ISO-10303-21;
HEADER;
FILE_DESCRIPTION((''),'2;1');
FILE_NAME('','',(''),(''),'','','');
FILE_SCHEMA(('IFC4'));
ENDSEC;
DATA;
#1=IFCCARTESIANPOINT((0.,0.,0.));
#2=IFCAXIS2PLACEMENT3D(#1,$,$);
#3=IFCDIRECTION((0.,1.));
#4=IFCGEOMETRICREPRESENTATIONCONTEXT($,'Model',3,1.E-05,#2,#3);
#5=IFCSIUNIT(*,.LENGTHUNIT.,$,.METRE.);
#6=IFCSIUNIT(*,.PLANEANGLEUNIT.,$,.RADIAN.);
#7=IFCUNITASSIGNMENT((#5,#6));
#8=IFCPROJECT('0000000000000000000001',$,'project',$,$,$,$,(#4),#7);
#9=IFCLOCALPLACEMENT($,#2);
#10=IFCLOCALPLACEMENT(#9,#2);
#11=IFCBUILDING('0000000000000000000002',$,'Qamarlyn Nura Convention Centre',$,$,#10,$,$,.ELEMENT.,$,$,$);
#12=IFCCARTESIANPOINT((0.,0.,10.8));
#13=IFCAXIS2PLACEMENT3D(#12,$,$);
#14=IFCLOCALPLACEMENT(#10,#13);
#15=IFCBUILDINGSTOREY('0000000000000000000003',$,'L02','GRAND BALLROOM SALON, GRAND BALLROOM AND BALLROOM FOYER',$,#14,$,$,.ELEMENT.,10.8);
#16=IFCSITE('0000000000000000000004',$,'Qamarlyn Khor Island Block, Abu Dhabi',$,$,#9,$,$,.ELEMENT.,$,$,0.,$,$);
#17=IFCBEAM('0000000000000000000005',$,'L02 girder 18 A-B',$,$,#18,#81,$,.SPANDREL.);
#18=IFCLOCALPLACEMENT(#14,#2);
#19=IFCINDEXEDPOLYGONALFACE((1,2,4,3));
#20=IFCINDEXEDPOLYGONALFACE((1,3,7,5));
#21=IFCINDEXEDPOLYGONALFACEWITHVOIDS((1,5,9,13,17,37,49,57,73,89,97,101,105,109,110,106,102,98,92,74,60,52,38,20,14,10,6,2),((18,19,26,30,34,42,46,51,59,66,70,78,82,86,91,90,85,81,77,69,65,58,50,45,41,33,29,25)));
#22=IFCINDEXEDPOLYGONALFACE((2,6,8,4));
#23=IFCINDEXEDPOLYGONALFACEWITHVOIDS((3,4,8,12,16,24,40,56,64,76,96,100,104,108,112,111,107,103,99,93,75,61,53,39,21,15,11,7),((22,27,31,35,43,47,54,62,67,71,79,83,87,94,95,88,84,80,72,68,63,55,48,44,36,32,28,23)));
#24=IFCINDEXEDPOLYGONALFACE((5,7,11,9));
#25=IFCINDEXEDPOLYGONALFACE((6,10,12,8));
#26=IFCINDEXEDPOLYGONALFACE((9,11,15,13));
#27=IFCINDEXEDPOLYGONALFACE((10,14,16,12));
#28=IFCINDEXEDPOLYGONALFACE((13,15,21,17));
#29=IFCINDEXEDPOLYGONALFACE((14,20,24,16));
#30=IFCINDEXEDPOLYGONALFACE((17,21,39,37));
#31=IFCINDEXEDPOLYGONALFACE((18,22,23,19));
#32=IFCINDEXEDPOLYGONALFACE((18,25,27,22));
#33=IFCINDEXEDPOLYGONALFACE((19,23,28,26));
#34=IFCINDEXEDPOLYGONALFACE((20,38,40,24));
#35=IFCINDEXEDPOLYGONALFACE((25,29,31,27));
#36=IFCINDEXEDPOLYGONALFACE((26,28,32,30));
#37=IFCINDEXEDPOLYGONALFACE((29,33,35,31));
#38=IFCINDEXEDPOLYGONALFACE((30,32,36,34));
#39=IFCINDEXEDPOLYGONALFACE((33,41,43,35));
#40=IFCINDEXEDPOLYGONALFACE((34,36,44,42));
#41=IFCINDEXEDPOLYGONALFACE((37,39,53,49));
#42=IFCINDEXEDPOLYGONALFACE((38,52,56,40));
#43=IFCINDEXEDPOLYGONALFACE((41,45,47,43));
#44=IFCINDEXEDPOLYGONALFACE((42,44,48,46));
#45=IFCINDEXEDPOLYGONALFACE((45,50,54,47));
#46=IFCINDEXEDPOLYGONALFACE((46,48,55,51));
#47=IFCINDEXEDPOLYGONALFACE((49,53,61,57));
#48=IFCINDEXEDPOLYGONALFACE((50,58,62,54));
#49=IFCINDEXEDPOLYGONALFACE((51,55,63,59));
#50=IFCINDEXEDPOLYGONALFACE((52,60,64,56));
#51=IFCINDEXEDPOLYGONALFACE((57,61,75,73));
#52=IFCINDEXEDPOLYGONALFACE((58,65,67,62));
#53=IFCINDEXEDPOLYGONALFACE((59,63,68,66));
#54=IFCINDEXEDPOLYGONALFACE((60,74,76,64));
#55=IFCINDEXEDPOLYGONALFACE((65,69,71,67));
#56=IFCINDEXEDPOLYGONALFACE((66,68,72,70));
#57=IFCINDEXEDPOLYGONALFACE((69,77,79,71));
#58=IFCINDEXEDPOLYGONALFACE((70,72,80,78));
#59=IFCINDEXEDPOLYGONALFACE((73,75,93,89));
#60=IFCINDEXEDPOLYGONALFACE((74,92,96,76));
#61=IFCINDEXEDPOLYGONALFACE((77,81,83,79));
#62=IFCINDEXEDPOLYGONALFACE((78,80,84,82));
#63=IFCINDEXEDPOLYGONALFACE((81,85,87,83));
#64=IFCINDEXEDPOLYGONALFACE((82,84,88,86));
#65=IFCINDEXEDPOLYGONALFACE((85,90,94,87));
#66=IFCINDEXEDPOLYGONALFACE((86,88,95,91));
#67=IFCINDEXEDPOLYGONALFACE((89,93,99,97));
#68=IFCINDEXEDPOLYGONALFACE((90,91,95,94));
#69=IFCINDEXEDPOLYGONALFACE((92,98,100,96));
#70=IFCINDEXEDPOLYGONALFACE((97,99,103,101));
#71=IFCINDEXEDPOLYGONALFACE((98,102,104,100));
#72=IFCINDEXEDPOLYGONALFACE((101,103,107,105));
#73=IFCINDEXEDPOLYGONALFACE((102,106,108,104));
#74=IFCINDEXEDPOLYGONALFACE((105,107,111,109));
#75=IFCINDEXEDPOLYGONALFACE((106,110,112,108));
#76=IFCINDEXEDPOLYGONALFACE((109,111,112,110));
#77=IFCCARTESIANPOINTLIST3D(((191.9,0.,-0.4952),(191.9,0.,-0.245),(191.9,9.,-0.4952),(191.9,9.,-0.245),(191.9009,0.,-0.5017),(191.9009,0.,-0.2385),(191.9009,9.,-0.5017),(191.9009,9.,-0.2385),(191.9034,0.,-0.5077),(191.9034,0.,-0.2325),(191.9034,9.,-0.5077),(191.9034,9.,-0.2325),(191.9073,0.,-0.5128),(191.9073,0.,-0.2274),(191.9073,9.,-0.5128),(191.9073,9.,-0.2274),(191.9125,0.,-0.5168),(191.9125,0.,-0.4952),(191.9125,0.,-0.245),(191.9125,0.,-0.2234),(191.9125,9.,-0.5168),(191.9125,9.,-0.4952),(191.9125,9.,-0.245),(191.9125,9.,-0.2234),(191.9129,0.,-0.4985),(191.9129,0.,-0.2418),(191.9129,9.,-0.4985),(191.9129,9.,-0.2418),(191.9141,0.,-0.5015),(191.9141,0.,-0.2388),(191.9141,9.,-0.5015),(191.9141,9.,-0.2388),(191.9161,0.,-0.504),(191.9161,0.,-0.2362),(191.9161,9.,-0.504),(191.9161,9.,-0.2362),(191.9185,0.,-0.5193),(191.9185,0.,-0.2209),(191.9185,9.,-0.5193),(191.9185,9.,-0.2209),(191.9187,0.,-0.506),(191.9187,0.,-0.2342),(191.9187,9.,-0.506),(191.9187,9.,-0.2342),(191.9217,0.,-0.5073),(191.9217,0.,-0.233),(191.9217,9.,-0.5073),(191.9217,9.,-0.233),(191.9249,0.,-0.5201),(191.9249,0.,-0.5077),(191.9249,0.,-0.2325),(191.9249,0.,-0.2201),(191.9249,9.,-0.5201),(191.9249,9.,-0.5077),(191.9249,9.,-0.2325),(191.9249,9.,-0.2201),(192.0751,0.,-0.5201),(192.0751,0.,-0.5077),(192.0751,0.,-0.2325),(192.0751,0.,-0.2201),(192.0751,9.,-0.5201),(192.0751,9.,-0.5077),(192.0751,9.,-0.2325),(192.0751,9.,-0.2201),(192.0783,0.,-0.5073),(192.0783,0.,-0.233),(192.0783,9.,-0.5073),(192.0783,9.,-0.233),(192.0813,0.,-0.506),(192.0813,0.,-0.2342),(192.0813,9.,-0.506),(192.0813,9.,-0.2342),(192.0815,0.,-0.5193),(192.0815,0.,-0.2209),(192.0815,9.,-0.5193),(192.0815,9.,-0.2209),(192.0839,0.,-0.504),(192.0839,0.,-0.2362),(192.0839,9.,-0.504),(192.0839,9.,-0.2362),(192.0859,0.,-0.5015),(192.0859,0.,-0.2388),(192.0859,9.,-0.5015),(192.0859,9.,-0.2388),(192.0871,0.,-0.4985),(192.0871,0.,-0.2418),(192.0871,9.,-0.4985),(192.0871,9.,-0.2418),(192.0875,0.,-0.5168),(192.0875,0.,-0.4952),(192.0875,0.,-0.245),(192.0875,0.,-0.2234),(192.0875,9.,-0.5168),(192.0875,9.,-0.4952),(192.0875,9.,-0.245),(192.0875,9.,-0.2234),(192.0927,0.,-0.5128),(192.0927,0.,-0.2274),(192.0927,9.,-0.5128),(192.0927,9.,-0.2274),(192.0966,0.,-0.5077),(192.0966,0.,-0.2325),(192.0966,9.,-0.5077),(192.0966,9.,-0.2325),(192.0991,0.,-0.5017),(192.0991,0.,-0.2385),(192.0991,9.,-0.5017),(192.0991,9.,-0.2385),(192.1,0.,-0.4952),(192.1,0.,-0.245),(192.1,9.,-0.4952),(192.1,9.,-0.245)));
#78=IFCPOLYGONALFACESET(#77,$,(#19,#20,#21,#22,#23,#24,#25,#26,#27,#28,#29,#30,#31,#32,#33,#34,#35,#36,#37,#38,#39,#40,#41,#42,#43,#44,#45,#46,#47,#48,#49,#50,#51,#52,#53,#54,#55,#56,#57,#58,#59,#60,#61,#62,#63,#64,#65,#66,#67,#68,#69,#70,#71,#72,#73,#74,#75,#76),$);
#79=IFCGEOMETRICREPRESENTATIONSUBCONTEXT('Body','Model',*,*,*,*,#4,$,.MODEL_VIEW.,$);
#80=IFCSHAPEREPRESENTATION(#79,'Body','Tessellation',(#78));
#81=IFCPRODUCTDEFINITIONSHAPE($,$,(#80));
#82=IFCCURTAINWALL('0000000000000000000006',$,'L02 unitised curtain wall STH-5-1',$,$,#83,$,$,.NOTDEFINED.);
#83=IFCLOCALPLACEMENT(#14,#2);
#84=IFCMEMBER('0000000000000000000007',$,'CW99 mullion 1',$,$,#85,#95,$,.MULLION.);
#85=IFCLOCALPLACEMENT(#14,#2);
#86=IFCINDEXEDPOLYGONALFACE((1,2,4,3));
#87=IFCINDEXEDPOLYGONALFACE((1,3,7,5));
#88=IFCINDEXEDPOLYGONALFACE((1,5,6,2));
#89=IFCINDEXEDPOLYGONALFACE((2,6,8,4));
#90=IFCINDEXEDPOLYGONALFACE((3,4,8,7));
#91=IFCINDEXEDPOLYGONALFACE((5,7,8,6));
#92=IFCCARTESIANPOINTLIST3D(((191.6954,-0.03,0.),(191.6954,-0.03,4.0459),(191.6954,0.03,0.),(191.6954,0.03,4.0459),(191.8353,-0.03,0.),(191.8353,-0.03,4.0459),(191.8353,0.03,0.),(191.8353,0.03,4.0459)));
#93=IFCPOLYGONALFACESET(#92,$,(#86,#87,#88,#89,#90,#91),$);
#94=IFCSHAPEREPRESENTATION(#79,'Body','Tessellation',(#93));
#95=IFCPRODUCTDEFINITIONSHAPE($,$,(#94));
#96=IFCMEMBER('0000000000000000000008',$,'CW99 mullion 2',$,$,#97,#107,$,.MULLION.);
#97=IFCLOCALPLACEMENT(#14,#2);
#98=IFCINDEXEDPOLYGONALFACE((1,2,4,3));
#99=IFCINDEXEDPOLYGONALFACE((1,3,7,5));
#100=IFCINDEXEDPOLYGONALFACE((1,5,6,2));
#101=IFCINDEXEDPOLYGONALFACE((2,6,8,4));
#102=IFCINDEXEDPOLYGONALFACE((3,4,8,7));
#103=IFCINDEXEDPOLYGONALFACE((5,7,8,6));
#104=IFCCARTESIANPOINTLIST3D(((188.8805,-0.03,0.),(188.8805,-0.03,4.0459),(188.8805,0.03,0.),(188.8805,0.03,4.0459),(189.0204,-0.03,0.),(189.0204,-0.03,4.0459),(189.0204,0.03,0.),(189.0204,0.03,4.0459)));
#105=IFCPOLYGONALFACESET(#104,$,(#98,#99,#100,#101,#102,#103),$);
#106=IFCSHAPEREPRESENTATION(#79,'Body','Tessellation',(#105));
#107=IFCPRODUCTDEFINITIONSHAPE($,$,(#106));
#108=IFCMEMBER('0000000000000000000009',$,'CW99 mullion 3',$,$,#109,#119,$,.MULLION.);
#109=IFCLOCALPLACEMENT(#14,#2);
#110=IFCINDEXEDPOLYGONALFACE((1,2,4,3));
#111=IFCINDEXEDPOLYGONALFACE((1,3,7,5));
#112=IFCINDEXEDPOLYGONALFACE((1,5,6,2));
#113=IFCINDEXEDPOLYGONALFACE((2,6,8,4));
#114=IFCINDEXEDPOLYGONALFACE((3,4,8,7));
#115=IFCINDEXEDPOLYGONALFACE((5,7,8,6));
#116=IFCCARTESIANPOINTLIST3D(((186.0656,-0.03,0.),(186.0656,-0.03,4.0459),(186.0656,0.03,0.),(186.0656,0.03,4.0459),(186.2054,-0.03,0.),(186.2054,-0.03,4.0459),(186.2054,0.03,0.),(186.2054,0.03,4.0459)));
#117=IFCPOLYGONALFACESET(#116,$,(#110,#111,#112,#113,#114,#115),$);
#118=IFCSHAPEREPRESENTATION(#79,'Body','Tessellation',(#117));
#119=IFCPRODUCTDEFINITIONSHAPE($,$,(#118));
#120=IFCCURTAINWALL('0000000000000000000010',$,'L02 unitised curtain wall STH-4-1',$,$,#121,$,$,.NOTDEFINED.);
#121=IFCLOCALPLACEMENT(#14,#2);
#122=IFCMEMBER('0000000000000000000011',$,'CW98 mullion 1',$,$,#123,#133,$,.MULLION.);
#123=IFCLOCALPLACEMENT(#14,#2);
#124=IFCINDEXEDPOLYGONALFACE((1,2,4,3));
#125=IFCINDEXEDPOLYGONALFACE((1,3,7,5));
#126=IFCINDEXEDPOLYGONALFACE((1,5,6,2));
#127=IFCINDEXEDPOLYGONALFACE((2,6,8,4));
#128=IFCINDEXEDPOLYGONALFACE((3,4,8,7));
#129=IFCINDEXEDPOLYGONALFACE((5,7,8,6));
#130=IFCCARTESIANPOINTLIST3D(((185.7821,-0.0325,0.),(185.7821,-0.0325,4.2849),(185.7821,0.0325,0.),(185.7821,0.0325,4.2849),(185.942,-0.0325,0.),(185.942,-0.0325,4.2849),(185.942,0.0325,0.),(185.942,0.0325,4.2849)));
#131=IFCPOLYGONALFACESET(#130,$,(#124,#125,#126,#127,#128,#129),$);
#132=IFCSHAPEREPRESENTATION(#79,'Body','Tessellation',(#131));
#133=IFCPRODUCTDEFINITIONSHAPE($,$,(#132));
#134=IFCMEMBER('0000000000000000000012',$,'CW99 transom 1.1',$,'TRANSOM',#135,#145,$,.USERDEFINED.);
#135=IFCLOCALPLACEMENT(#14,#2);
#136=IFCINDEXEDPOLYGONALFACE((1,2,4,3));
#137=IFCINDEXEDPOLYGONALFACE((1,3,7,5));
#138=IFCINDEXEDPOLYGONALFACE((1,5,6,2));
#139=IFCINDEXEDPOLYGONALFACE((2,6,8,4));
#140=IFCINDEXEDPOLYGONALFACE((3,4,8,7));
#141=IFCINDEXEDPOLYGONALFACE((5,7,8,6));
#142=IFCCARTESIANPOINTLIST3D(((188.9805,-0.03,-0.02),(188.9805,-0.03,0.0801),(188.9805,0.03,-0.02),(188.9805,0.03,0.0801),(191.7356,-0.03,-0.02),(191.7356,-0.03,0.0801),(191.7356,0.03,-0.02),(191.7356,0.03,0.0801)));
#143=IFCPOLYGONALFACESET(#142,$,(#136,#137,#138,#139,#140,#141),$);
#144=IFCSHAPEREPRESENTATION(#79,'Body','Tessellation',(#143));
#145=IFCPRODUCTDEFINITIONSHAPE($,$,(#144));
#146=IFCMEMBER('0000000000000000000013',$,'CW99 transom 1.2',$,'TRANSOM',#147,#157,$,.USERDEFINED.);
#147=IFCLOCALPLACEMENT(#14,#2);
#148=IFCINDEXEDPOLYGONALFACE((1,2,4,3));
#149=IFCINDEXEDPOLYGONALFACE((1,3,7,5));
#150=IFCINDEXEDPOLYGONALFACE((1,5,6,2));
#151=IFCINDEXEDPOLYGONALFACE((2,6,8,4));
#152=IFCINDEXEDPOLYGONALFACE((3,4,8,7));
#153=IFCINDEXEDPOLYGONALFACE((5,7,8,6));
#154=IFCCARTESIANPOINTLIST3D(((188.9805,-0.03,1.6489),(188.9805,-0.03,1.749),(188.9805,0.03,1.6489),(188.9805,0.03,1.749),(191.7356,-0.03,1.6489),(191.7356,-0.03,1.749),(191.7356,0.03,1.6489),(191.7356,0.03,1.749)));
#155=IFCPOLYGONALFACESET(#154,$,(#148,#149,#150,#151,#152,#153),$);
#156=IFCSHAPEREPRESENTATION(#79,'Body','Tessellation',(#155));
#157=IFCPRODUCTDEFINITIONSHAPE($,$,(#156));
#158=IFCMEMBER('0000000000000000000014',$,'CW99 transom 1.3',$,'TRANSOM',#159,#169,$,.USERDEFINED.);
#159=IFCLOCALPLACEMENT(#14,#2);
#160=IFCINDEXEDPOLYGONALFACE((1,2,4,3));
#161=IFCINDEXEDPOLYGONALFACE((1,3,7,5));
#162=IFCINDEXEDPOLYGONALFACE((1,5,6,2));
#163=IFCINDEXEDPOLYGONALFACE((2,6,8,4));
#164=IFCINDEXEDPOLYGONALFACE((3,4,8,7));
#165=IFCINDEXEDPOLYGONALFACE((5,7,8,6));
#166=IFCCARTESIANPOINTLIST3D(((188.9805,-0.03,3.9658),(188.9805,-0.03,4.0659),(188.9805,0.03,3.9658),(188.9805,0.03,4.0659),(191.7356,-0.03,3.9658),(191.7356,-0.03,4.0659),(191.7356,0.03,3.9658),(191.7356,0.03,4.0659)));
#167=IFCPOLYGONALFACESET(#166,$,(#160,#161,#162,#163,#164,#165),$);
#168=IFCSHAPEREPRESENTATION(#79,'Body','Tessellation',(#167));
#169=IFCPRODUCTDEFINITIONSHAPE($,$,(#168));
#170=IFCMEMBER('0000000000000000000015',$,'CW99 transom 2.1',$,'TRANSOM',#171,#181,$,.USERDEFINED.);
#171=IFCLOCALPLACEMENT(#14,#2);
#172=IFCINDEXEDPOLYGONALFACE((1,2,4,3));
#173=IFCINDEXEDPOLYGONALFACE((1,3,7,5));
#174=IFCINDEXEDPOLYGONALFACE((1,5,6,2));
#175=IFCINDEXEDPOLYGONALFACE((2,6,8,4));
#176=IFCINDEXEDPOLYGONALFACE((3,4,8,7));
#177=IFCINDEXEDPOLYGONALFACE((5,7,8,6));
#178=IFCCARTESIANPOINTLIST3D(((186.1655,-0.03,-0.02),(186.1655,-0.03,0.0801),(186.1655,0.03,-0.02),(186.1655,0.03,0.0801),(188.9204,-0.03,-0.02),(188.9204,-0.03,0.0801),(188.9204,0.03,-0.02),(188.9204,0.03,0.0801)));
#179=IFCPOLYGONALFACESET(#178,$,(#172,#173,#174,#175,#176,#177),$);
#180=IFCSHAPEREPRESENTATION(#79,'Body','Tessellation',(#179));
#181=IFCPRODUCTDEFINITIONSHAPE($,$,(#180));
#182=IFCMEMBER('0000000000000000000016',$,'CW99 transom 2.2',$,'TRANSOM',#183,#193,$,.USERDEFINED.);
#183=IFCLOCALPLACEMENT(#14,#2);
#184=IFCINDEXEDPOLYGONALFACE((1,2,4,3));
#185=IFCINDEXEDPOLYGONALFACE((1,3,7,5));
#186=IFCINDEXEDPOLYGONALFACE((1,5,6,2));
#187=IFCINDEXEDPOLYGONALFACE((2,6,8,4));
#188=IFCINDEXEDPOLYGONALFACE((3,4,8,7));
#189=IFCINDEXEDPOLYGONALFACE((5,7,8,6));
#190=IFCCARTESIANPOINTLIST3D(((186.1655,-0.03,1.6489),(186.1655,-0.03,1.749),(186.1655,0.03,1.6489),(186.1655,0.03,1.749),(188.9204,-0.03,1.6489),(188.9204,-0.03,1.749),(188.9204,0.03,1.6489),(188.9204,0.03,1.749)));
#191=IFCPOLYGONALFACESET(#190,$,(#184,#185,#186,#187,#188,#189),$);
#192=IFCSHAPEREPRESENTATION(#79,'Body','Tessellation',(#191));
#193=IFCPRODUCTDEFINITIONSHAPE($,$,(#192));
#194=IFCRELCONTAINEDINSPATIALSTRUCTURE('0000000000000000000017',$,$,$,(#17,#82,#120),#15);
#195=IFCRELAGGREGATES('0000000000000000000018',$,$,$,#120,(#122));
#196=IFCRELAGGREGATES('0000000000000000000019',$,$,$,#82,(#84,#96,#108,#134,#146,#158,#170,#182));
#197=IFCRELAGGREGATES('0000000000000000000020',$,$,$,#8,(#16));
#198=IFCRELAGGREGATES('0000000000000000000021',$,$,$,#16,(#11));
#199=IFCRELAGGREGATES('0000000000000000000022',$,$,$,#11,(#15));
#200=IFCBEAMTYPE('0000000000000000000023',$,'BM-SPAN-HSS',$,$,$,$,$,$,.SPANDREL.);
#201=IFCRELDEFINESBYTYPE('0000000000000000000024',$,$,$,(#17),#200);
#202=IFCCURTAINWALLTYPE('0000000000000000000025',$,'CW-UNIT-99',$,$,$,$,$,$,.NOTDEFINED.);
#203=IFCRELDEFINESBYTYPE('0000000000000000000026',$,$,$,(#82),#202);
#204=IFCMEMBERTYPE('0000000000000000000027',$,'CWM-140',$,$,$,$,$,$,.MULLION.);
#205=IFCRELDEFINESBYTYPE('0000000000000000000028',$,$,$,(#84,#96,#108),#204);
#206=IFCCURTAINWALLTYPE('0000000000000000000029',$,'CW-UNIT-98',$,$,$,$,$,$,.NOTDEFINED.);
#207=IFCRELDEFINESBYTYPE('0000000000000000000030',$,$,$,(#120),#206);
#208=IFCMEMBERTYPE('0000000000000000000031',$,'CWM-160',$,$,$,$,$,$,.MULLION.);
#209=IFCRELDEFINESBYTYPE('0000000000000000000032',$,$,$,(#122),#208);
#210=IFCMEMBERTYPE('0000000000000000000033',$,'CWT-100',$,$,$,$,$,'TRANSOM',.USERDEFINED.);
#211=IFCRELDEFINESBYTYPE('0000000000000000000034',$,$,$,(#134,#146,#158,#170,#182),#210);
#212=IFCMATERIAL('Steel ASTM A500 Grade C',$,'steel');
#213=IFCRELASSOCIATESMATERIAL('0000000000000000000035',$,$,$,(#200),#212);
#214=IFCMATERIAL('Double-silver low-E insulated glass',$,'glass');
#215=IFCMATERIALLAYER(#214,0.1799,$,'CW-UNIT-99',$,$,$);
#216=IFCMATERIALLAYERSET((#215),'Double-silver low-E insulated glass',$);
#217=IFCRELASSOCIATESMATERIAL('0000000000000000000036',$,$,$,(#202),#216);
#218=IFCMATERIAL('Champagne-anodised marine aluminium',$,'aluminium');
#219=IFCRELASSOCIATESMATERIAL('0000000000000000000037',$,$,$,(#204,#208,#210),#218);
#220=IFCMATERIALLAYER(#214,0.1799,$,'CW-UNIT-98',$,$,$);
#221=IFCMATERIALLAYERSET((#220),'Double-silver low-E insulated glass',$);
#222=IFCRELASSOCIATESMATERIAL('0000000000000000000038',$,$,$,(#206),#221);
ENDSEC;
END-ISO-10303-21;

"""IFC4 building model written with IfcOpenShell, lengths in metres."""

from ifc_helpers import new_model, si_unit, direction, frame, origin, origin_2d, place, context, subcontext, project, spatial, rectangle, hollow_rectangle, extrude, material, layer, layer_set, material_profile, profile_set, type_object, element, aggregate, save


model = new_model("IFC4")

# Units and contexts
model_context = context("Model", 3, precision=1e-05, world=origin(), true_north=direction((0.0, 1.0)))
body_context = subcontext(model_context, "Body", "Model", "MODEL_VIEW")
ifc_project = project(units=[si_unit("LENGTHUNIT", "METRE"), si_unit("PLANEANGLEUNIT", "RADIAN")], contexts=[model_context])

# Site, building, storey
site_placement = place(None, origin())
site = spatial("IfcSite", under=ifc_project, at=site_placement, Name="Qamarlyn Khor Island Block, Abu Dhabi", CompositionType="ELEMENT", RefElevation=0.0)
building_placement = place(site_placement, origin())
building = spatial("IfcBuilding", under=site, at=building_placement, Name="Qamarlyn Nura Convention Centre", CompositionType="ELEMENT")
storey_placement = place(building_placement, frame((0.0, 0.0, 10.8)))
storey = spatial("IfcBuildingStorey", under=building, at=storey_placement, Name="L02", Description="GRAND BALLROOM SALON, GRAND BALLROOM AND BALLROOM FOYER", CompositionType="ELEMENT", Elevation=10.8)

# Beam
ifc_material_1 = material(Name="Steel ASTM A500 Grade C", Category="steel")
ifc_material_profile_1 = material_profile(ifc_material_1, hollow_rectangle(XDim=0.2, YDim=0.3, WallThickness=0.0125, InnerFilletRadius=0.0125, OuterFilletRadius=0.0249, at=origin_2d()), Name="HSS300X200X12.5")
ifc_profile_set_1 = profile_set([ifc_material_profile_1], Name="Steel ASTM A500 Grade C")
beam_type_1 = type_object("IfcBeamType", Name="BM-SPAN-HSS", PredefinedType="SPANDREL", material=ifc_profile_set_1)
beam_1_placement = place(storey_placement, frame((192.0, 0.0, -0.3701), z_axis=(0.0, 1.0, 0.0), x_axis=(-1.0, 0.0, 0.0)))
element("IfcBeam", 1, at=beam_1_placement, inside=storey, type_object=beam_type_1, Name="L02 girder 18 A-B", PredefinedType="SPANDREL", context=body_context, shape_type="SweptSolid", body=[
    extrude(hollow_rectangle(XDim=0.2, YDim=0.3, WallThickness=0.0125, InnerFilletRadius=0.0125, OuterFilletRadius=0.0249, at=origin_2d()), origin(), (0.0, 0.0, 1.0), 9.0),
])

# Curtain wall, members
ifc_material_2 = material(Name="Double-silver low-E insulated glass", Category="glass")
ifc_layer_1 = layer(ifc_material_2, 0.1799, Name="CW-UNIT-99")
ifc_layer_set_1 = layer_set([ifc_layer_1], Name="Double-silver low-E insulated glass")
curtain_wall_type_1 = type_object("IfcCurtainWallType", Name="CW-UNIT-99", PredefinedType="NOTDEFINED", material=ifc_layer_set_1)
curtain_wall_1_placement = place(storey_placement, origin())
curtain_wall_1 = element("IfcCurtainWall", 2, at=curtain_wall_1_placement, inside=storey, type_object=curtain_wall_type_1, Name="L02 unitised curtain wall STH-5-1", PredefinedType="NOTDEFINED")
ifc_material_3 = material(Name="Champagne-anodised marine aluminium", Category="aluminium")
ifc_material_profile_2 = material_profile(ifc_material_3, rectangle(XDim=0.0601, YDim=0.1399, at=origin_2d()), Name="ALU MULLION 60x140")
ifc_profile_set_2 = profile_set([ifc_material_profile_2], Name="Champagne-anodised marine aluminium")
member_type_1 = type_object("IfcMemberType", Name="CWM-140", PredefinedType="MULLION", material=ifc_profile_set_2)
member_1_placement = place(storey_placement, frame((191.7654, 0.0, 0.0), z_axis=(0.0, 0.0, 1.0), x_axis=(0.0, -1.0, 0.0)))
member_1 = element("IfcMember", 3, at=member_1_placement, type_object=member_type_1, Name="CW99 mullion 1", PredefinedType="MULLION", context=body_context, shape_type="SweptSolid", body=[
    extrude(rectangle(XDim=0.0601, YDim=0.1399, at=origin_2d()), origin(), (0.0, 0.0, 1.0), 4.0459),
])
member_2_placement = place(storey_placement, frame((188.9504, 0.0, 0.0), z_axis=(0.0, 0.0, 1.0), x_axis=(0.0, -1.0, 0.0)))
member_2 = element("IfcMember", 4, at=member_2_placement, type_object=member_type_1, Name="CW99 mullion 2", PredefinedType="MULLION", context=body_context, shape_type="SweptSolid", body=[
    extrude(rectangle(XDim=0.0601, YDim=0.1399, at=origin_2d()), origin(), (0.0, 0.0, 1.0), 4.0459),
])
member_3_placement = place(storey_placement, frame((186.1355, 0.0, 0.0), z_axis=(0.0, 0.0, 1.0), x_axis=(0.0, -1.0, 0.0)))
member_3 = element("IfcMember", 5, at=member_3_placement, type_object=member_type_1, Name="CW99 mullion 3", PredefinedType="MULLION", context=body_context, shape_type="SweptSolid", body=[
    extrude(rectangle(XDim=0.0601, YDim=0.1399, at=origin_2d()), origin(), (0.0, 0.0, 1.0), 4.0459),
])

# Curtain wall, member
ifc_layer_2 = layer(ifc_material_2, 0.1799, Name="CW-UNIT-98")
ifc_layer_set_2 = layer_set([ifc_layer_2], Name="Double-silver low-E insulated glass")
curtain_wall_type_2 = type_object("IfcCurtainWallType", Name="CW-UNIT-98", PredefinedType="NOTDEFINED", material=ifc_layer_set_2)
curtain_wall_2_placement = place(storey_placement, origin())
curtain_wall_2 = element("IfcCurtainWall", 6, at=curtain_wall_2_placement, inside=storey, type_object=curtain_wall_type_2, Name="L02 unitised curtain wall STH-4-1", PredefinedType="NOTDEFINED")
ifc_material_profile_3 = material_profile(ifc_material_3, rectangle(XDim=0.0649, YDim=0.1599, at=origin_2d()), Name="ALU MULLION 65x160")
ifc_profile_set_3 = profile_set([ifc_material_profile_3], Name="Champagne-anodised marine aluminium")
member_type_2 = type_object("IfcMemberType", Name="CWM-160", PredefinedType="MULLION", material=ifc_profile_set_3)
member_4_placement = place(storey_placement, frame((185.8621, 0.0, 0.0), z_axis=(0.0, 0.0, 1.0), x_axis=(0.0, -1.0, 0.0)))
member_4 = element("IfcMember", 7, at=member_4_placement, type_object=member_type_2, Name="CW98 mullion 1", PredefinedType="MULLION", context=body_context, shape_type="SweptSolid", body=[
    extrude(rectangle(XDim=0.0649, YDim=0.1599, at=origin_2d()), origin(), (0.0, 0.0, 1.0), 4.2849),
])

# Members
ifc_material_profile_4 = material_profile(ifc_material_3, rectangle(XDim=0.0601, YDim=0.1001, at=origin_2d()), Name="ALU TRANSOM 60x100")
ifc_profile_set_4 = profile_set([ifc_material_profile_4], Name="Champagne-anodised marine aluminium")
member_type_3 = type_object("IfcMemberType", Name="CWT-100", ElementType="TRANSOM", PredefinedType="USERDEFINED", material=ifc_profile_set_4)
member_5_placement = place(storey_placement, frame((191.7356, 0.0, 0.03), z_axis=(-1.0, 0.0, 0.0), x_axis=(0.0, -1.0, 0.0)))
member_5 = element("IfcMember", 8, at=member_5_placement, type_object=member_type_3, Name="CW99 transom 1.1", ObjectType="TRANSOM", PredefinedType="USERDEFINED", context=body_context, shape_type="SweptSolid", body=[
    extrude(rectangle(XDim=0.0601, YDim=0.1001, at=origin_2d()), origin(), (0.0, 0.0, 1.0), 2.7551),
])
member_6_placement = place(storey_placement, frame((191.7356, 0.0, 1.699), z_axis=(-1.0, 0.0, 0.0), x_axis=(0.0, -1.0, 0.0)))
member_6 = element("IfcMember", 9, at=member_6_placement, type_object=member_type_3, Name="CW99 transom 1.2", ObjectType="TRANSOM", PredefinedType="USERDEFINED", context=body_context, shape_type="SweptSolid", body=[
    extrude(rectangle(XDim=0.0601, YDim=0.1001, at=origin_2d()), origin(), (0.0, 0.0, 1.0), 2.7551),
])
member_7_placement = place(storey_placement, frame((191.7356, 0.0, 4.0159), z_axis=(-1.0, 0.0, 0.0), x_axis=(0.0, -1.0, 0.0)))
member_7 = element("IfcMember", 10, at=member_7_placement, type_object=member_type_3, Name="CW99 transom 1.3", ObjectType="TRANSOM", PredefinedType="USERDEFINED", context=body_context, shape_type="SweptSolid", body=[
    extrude(rectangle(XDim=0.0601, YDim=0.1001, at=origin_2d()), origin(), (0.0, 0.0, 1.0), 2.7551),
])
member_8_placement = place(storey_placement, frame((188.9204, 0.0, 0.03), z_axis=(-1.0, 0.0, 0.0), x_axis=(0.0, -1.0, 0.0)))
member_8 = element("IfcMember", 11, at=member_8_placement, type_object=member_type_3, Name="CW99 transom 2.1", ObjectType="TRANSOM", PredefinedType="USERDEFINED", context=body_context, shape_type="SweptSolid", body=[
    extrude(rectangle(XDim=0.0601, YDim=0.1001, at=origin_2d()), origin(), (0.0, 0.0, 1.0), 2.7549),
])
member_9_placement = place(storey_placement, frame((188.9204, 0.0, 1.699), z_axis=(-1.0, 0.0, 0.0), x_axis=(0.0, -1.0, 0.0)))
member_9 = element("IfcMember", 12, at=member_9_placement, type_object=member_type_3, Name="CW99 transom 2.2", ObjectType="TRANSOM", PredefinedType="USERDEFINED", context=body_context, shape_type="SweptSolid", body=[
    extrude(rectangle(XDim=0.0601, YDim=0.1001, at=origin_2d()), origin(), (0.0, 0.0, 1.0), 2.7549),
])
aggregate(curtain_wall_2, [member_4])

aggregate(curtain_wall_1, [member_1, member_2, member_3, member_5, member_6, member_7, member_8, member_9])

save(model, "model.ifc")
